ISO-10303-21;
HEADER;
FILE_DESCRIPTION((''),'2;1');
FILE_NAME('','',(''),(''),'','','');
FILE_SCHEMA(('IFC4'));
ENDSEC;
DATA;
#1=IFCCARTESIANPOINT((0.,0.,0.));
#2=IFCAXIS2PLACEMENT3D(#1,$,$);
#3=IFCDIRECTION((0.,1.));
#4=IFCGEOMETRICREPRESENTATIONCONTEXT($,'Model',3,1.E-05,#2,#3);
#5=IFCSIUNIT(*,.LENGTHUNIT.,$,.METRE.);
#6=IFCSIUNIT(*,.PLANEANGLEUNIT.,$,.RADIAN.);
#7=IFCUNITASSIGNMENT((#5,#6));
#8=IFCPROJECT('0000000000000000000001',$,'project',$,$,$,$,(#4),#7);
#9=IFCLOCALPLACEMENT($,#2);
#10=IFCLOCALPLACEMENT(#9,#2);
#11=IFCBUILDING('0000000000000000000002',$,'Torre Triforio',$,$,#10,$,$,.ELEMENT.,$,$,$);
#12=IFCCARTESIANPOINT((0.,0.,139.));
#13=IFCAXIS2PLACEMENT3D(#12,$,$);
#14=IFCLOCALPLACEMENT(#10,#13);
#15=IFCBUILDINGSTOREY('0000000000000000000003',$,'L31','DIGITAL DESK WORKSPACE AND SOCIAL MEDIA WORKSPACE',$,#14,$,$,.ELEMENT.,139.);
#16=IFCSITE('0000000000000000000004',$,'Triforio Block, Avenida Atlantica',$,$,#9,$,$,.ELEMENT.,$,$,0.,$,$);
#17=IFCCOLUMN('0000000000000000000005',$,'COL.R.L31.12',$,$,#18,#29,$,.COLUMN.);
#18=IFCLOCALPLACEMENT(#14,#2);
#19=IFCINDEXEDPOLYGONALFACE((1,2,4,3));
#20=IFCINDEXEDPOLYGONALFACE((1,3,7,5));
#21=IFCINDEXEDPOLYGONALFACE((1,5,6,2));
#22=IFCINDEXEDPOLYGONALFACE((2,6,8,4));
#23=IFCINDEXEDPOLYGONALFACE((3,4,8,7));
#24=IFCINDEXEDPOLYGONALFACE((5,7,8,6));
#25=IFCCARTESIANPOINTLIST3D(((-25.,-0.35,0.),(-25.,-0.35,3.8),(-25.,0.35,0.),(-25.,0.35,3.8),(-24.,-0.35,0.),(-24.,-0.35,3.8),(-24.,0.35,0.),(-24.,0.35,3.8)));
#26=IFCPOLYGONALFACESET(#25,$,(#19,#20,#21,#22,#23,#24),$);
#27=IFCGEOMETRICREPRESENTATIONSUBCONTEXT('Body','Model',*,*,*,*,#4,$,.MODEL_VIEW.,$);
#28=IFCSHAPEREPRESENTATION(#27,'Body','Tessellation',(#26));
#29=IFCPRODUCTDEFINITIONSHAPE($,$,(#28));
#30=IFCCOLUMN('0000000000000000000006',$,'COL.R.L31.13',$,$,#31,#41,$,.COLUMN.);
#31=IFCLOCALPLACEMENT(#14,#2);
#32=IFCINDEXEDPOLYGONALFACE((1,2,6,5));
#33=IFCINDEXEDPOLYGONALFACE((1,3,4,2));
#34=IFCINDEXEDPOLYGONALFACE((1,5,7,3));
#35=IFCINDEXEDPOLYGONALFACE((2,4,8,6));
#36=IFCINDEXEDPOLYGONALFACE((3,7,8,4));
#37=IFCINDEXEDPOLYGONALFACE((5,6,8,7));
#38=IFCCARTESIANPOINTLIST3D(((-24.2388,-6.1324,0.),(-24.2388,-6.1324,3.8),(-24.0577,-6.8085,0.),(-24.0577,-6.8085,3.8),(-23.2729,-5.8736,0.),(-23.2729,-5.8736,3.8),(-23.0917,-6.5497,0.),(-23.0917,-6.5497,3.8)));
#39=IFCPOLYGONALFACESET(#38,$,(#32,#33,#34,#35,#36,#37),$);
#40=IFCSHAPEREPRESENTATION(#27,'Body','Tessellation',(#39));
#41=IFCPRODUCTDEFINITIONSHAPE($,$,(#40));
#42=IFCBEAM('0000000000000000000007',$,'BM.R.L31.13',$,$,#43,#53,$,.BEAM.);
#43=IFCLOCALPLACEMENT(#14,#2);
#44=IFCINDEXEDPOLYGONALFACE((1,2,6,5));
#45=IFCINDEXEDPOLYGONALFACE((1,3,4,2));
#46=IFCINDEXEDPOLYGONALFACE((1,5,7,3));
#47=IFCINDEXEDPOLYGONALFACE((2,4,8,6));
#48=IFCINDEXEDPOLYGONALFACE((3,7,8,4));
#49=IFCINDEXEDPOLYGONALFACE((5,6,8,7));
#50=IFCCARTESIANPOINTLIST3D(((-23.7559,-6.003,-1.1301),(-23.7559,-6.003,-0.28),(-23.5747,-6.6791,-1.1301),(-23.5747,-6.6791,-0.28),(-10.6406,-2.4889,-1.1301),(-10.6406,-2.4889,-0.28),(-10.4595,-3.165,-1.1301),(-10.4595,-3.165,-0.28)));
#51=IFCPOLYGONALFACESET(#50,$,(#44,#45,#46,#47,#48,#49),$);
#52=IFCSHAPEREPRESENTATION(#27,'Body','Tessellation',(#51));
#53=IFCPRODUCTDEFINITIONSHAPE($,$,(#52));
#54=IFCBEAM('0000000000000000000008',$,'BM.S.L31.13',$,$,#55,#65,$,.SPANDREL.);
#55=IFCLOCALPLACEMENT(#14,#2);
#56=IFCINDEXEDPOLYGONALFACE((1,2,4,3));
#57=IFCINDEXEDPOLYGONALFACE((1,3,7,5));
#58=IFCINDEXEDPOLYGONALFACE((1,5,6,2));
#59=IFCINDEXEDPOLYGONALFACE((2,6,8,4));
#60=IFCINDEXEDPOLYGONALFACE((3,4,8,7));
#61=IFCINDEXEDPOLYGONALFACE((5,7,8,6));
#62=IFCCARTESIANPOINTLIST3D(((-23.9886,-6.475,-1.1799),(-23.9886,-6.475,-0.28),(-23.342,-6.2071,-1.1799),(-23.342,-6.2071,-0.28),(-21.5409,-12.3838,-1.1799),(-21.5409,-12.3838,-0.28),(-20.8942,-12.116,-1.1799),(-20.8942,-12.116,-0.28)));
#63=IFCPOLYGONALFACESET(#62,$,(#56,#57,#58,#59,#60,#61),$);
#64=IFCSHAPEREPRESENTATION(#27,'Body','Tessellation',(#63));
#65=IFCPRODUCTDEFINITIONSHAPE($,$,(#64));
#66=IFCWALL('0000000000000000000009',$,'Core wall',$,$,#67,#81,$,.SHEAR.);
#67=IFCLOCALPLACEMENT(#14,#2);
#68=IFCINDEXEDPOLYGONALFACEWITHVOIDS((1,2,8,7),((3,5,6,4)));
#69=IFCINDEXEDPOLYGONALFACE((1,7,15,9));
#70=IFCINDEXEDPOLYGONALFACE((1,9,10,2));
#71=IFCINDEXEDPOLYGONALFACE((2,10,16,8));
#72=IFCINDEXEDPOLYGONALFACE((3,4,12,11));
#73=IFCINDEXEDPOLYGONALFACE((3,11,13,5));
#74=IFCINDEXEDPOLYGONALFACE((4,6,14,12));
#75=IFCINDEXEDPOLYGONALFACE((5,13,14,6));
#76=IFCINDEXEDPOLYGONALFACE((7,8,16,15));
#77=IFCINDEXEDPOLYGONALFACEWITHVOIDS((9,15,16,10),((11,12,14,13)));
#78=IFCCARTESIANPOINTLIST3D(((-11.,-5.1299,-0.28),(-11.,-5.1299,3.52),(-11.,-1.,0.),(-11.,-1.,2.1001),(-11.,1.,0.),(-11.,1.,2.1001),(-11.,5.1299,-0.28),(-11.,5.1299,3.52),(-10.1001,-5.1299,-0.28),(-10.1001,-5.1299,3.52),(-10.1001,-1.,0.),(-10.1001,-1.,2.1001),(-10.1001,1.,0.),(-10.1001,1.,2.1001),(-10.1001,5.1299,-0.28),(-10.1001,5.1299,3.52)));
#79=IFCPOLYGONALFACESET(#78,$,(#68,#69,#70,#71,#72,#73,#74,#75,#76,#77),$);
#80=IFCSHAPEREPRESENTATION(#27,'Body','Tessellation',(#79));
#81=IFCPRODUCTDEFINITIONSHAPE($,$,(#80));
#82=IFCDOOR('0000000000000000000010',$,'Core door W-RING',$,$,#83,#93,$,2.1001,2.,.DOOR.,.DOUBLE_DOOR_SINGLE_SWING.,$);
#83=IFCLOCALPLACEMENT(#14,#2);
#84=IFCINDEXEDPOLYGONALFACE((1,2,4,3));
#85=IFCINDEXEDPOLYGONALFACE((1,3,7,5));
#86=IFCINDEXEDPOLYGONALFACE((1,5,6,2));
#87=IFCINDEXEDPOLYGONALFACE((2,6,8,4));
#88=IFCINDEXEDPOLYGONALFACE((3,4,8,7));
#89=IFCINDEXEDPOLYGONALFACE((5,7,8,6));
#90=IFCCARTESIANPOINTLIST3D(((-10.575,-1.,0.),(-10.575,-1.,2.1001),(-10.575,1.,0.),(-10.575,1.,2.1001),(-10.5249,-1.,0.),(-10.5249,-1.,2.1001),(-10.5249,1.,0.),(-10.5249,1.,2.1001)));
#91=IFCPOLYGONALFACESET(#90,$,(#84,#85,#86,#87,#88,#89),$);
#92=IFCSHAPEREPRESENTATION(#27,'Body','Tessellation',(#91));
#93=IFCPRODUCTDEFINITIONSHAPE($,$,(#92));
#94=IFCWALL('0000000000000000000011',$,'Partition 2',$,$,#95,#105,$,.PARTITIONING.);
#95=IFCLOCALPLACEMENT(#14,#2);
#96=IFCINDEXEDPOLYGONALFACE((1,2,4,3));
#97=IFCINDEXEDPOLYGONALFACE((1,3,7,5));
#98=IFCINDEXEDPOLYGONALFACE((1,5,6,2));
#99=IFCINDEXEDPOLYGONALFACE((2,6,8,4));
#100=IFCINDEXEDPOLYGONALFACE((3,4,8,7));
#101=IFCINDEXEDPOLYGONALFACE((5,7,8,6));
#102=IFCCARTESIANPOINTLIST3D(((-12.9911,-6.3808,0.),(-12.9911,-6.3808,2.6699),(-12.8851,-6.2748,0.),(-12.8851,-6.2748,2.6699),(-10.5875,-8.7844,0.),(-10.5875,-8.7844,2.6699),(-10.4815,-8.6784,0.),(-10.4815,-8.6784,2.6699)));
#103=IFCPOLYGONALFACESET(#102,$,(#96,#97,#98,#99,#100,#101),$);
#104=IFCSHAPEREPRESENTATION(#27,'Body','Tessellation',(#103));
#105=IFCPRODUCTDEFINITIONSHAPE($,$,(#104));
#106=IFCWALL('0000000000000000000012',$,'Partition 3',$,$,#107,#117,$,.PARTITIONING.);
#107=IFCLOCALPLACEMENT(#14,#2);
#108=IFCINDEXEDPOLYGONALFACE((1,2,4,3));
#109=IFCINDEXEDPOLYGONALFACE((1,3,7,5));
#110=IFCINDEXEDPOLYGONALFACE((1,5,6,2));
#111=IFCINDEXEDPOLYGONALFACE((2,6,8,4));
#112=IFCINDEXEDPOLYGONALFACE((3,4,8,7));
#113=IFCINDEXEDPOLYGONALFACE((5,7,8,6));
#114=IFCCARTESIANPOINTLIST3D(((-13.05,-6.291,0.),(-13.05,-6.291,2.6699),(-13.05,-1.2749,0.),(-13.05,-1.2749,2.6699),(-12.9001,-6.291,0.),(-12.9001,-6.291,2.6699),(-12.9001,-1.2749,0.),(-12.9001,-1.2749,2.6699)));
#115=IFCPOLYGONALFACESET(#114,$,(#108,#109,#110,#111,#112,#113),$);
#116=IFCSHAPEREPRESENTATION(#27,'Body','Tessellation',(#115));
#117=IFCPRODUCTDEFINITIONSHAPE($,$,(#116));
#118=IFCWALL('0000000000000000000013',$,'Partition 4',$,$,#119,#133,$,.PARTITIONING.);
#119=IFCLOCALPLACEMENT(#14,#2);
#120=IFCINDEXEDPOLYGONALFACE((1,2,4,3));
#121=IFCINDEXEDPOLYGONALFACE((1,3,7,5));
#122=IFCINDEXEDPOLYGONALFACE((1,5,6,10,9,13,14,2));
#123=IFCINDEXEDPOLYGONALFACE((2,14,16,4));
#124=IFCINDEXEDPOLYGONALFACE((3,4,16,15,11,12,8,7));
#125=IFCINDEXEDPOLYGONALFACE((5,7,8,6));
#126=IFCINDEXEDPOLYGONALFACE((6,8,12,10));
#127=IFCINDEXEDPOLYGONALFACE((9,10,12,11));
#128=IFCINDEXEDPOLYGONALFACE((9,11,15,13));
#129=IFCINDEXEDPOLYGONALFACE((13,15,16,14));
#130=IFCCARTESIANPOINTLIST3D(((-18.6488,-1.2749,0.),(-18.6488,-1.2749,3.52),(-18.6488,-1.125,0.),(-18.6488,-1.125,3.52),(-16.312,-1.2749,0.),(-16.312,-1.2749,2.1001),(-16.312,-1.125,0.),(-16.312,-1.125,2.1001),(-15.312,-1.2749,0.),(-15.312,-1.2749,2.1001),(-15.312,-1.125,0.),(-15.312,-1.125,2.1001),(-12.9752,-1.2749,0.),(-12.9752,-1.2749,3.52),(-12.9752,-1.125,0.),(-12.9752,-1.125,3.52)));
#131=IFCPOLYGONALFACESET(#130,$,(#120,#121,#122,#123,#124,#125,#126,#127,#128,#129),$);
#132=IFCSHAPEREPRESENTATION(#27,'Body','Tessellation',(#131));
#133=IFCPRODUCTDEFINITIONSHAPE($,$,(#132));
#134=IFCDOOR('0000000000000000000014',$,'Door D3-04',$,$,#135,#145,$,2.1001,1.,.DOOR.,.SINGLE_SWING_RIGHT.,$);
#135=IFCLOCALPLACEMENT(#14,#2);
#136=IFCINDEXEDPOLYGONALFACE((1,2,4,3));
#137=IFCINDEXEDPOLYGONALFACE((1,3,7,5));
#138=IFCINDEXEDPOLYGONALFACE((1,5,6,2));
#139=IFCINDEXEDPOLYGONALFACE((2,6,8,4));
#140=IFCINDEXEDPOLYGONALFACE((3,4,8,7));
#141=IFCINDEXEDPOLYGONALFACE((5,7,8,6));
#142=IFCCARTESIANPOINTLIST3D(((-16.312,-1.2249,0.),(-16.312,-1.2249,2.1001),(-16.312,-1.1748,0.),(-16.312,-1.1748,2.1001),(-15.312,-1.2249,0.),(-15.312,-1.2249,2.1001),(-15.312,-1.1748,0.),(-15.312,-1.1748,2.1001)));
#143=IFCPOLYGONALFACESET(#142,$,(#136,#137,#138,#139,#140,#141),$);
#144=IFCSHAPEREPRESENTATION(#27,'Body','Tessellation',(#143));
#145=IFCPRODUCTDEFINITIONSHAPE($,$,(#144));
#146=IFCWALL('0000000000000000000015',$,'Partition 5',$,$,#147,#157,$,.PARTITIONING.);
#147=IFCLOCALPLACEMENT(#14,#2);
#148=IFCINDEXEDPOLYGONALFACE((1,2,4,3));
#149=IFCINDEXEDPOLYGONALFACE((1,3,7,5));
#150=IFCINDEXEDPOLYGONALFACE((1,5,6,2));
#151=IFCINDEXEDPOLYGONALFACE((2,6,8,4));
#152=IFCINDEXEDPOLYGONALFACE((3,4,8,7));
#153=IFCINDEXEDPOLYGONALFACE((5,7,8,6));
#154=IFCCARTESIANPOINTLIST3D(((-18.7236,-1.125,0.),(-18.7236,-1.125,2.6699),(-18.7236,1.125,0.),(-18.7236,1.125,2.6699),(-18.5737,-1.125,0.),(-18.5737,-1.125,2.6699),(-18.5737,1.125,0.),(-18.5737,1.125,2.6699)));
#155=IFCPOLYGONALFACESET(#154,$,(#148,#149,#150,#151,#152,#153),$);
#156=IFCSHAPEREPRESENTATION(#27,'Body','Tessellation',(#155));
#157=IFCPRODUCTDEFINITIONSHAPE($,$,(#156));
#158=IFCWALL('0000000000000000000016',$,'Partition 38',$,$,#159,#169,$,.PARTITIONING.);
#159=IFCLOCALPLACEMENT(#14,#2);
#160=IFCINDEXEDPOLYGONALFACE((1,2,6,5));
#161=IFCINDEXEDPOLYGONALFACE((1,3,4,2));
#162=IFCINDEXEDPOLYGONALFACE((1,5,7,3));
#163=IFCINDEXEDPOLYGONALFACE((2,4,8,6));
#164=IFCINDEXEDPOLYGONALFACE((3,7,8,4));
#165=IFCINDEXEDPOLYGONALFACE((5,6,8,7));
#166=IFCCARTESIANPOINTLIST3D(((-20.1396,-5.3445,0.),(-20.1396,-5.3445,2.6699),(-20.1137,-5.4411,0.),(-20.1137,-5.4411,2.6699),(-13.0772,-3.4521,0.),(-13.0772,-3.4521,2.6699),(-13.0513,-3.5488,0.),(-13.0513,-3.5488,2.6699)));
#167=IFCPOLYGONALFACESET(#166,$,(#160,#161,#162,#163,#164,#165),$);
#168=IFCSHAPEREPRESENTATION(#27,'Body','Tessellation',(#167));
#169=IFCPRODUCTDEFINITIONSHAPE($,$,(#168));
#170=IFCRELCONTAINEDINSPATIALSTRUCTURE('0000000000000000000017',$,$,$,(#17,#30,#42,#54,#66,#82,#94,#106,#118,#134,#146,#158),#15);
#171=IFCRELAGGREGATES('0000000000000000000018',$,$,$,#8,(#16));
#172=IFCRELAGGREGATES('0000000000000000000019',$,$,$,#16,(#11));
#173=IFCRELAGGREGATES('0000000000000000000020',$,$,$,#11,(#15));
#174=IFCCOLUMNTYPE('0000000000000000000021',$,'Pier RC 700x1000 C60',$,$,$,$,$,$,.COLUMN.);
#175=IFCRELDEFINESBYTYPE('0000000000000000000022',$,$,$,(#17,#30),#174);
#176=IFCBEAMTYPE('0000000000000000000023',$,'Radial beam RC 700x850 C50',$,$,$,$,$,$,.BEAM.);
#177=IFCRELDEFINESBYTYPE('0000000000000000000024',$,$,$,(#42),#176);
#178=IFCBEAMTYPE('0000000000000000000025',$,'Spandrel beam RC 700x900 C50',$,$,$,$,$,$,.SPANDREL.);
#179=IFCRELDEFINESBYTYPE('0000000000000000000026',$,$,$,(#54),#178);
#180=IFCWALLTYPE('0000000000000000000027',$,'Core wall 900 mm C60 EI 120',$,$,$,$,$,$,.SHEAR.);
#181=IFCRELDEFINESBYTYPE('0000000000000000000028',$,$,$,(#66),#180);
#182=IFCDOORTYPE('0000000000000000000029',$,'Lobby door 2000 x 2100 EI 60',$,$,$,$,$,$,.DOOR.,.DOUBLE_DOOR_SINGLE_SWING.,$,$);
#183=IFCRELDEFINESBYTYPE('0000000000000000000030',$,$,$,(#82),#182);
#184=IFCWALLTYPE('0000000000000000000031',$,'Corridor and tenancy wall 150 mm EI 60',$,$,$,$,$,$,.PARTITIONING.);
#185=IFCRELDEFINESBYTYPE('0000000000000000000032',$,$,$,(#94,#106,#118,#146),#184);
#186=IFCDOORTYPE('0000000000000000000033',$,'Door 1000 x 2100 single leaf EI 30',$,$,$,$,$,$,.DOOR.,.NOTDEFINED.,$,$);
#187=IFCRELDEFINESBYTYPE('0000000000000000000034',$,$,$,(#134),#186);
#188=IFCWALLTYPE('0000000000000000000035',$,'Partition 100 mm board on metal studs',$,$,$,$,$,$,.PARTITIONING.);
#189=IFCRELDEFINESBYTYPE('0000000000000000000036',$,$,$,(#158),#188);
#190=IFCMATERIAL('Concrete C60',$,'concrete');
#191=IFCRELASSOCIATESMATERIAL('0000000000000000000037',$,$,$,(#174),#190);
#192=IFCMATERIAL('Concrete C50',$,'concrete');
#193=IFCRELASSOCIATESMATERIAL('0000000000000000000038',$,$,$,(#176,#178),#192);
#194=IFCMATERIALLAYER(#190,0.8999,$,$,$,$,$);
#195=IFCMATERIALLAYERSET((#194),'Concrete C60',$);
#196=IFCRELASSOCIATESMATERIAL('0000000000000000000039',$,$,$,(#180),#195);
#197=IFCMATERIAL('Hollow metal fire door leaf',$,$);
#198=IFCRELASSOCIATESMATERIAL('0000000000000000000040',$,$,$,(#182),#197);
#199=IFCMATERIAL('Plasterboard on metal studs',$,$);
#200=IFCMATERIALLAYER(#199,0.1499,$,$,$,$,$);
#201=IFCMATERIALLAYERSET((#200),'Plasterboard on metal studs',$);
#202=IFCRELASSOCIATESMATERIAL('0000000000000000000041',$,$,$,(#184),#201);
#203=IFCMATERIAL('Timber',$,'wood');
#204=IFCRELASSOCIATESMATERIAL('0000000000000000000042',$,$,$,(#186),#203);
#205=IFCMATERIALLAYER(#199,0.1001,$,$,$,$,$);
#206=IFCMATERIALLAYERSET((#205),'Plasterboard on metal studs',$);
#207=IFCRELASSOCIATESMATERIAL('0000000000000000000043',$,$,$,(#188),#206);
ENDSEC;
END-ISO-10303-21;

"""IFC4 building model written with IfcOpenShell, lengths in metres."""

from ifc_helpers import new_model, si_unit, direction, frame, frame_2d, origin, origin_2d, place, context, subcontext, project, spatial, rectangle, extrude, material, layer, layer_set, material_profile, profile_set, type_object, element, fill, save


model = new_model("IFC4")

# Units and contexts
model_context = context("Model", 3, precision=1e-05, world=origin(), true_north=direction((0.0, 1.0)))
body_context = subcontext(model_context, "Body", "Model", "MODEL_VIEW")
ifc_project = project(units=[si_unit("LENGTHUNIT", "METRE"), si_unit("PLANEANGLEUNIT", "RADIAN")], contexts=[model_context])

# Site, building, storey
site_placement = place(None, origin())
site = spatial("IfcSite", under=ifc_project, at=site_placement, Name="Triforio Block, Avenida Atlantica", CompositionType="ELEMENT", RefElevation=0.0)
building_placement = place(site_placement, origin())
building = spatial("IfcBuilding", under=site, at=building_placement, Name="Torre Triforio", CompositionType="ELEMENT")
storey_placement = place(building_placement, frame((0.0, 0.0, 139.0)))
storey = spatial("IfcBuildingStorey", under=building, at=storey_placement, Name="L31", Description="DIGITAL DESK WORKSPACE AND SOCIAL MEDIA WORKSPACE", CompositionType="ELEMENT", Elevation=139.0)

# Columns
ifc_material_1 = material(Name="Concrete C60", Category="concrete")
ifc_material_profile_1 = material_profile(ifc_material_1, rectangle(XDim=0.7, YDim=1.0, at=origin_2d()), Name="RC 700x1000")
ifc_profile_set_1 = profile_set([ifc_material_profile_1], Name="Concrete C60")
column_type = type_object("IfcColumnType", Name="Pier RC 700x1000 C60", PredefinedType="COLUMN", material=ifc_profile_set_1)
for number, where, z_axis, x_axis, name in (
    (1, (-24.5, 0.0, 0.0), (0.0, 0.0, 1.0), (0.0, -1.0, 0.0), "COL.R.L31.12"),
    (2, (-23.6653, -6.3411, 0.0), (0.0, 0.0, 1.0), (0.258819, -0.965926, 0.0), "COL.R.L31.13"),
):
    element("IfcColumn", number, at=place(storey_placement, frame(where, z_axis=z_axis, x_axis=x_axis)), inside=storey, type_object=column_type, Name=name, PredefinedType="COLUMN", context=body_context, shape_type="SweptSolid", body=[
        extrude(rectangle(XDim=0.7, YDim=1.0, at=origin_2d()), origin(), (0.0, 0.0, 1.0), 3.8),
    ])

# Beams
ifc_material_2 = material(Name="Concrete C50", Category="concrete")
ifc_material_profile_2 = material_profile(ifc_material_2, rectangle(XDim=0.7, YDim=0.8501, at=origin_2d()), Name="RC 700x850")
ifc_profile_set_2 = profile_set([ifc_material_profile_2], Name="Concrete C50")
beam_type_1 = type_object("IfcBeamType", Name="Radial beam RC 700x850 C50", PredefinedType="BEAM", material=ifc_profile_set_2)
beam_1_placement = place(storey_placement, frame((-10.55, -2.8269, -0.7051), z_axis=(-0.965927, -0.258815, 0.0), x_axis=(0.258815, -0.965927, 0.0)))
element("IfcBeam", 3, at=beam_1_placement, inside=storey, type_object=beam_type_1, Name="BM.R.L31.13", PredefinedType="BEAM", context=body_context, shape_type="SweptSolid", body=[
    extrude(rectangle(XDim=0.7, YDim=0.8501, at=origin_2d()), origin(), (0.0, 0.0, 1.0), 13.5779),
])
ifc_material_profile_3 = material_profile(ifc_material_2, rectangle(XDim=0.7, YDim=0.8999, at=origin_2d()), Name="RC 700x900")
ifc_profile_set_3 = profile_set([ifc_material_profile_3], Name="Concrete C50")
beam_type_2 = type_object("IfcBeamType", Name="Spandrel beam RC 700x900 C50", PredefinedType="SPANDREL", material=ifc_profile_set_3)
beam_2_placement = place(storey_placement, frame((-23.6653, -6.3411, -0.73), z_axis=(0.382709, -0.923869, 0.0), x_axis=(0.923869, 0.382709, 0.0)))
element("IfcBeam", 4, at=beam_2_placement, inside=storey, type_object=beam_type_2, Name="BM.S.L31.13", PredefinedType="SPANDREL", context=body_context, shape_type="SweptSolid", body=[
    extrude(rectangle(XDim=0.7, YDim=0.8999, at=origin_2d()), origin(), (0.0, 0.0, 1.0), 6.3958),
])

# Wall, opening, door
ifc_layer_1 = layer(ifc_material_1, 0.8999)
ifc_layer_set_1 = layer_set([ifc_layer_1], Name="Concrete C60")
wall_type_1 = type_object("IfcWallType", Name="Core wall 900 mm C60 EI 120", PredefinedType="SHEAR", material=ifc_layer_set_1)
wall_1_placement = place(storey_placement, frame((-10.55, -5.1299, -0.28), z_axis=(0.0, 0.0, 1.0), x_axis=(0.0, 1.0, 0.0)))
wall_1 = element("IfcWall", 5, at=wall_1_placement, inside=storey, type_object=wall_type_1, Name="Core wall", PredefinedType="SHEAR", context=body_context, shape_type="SweptSolid", body=[
    extrude(rectangle(XDim=10.2598, YDim=0.8999, at=frame_2d((5.1299, 0.0))), origin(), (0.0, 0.0, 1.0), 3.8),
])
opening_1_placement = place(wall_1_placement, frame((4.1299, 0.0, 0.28)))
opening_1 = element("IfcOpeningElement", 6, at=opening_1_placement, cuts=wall_1, PredefinedType="OPENING", context=body_context, shape_type="SweptSolid", body=[
    extrude(rectangle(XDim=2.0, YDim=2.1001, at=frame_2d((1.0, 1.05))), frame((0.0, 0.46, 0.0), z_axis=(0.0, -1.0, 0.0), x_axis=(1.0, 0.0, 0.0)), (0.0, 0.0, 1.0), 0.9199),
])
ifc_material_3 = material(Name="Hollow metal fire door leaf")
door_type_1 = type_object("IfcDoorType", Name="Lobby door 2000 x 2100 EI 60", OperationType="DOUBLE_DOOR_SINGLE_SWING", PredefinedType="DOOR", material=ifc_material_3)
door_1_placement = place(opening_1_placement, origin())
door_1 = element("IfcDoor", 7, at=door_1_placement, inside=storey, type_object=door_type_1, Name="Core door W-RING", OperationType="DOUBLE_DOOR_SINGLE_SWING", OverallHeight=2.1001, OverallWidth=2.0, PredefinedType="DOOR", context=body_context, shape_type="SweptSolid", body=[
    extrude(rectangle(XDim=2.0, YDim=2.1001, at=frame_2d((1.0, 1.05))), frame((0.0, 0.0249, 0.0), z_axis=(0.0, -1.0, 0.0), x_axis=(1.0, 0.0, 0.0)), (0.0, 0.0, 1.0), 0.05),
])
fill(opening_1, door_1)

# Walls
ifc_material_4 = material(Name="Plasterboard on metal studs")
ifc_layer_2 = layer(ifc_material_4, 0.1499)
ifc_layer_set_2 = layer_set([ifc_layer_2], Name="Plasterboard on metal studs")
wall_type_2 = type_object("IfcWallType", Name="Corridor and tenancy wall 150 mm EI 60", PredefinedType="PARTITIONING", material=ifc_layer_set_2)
wall_2_placement = place(storey_placement, frame((-10.5344, -8.7314, 0.0), z_axis=(0.0, 0.0, 1.0), x_axis=(-0.707107, 0.707107, 0.0)))
element("IfcWall", 8, at=wall_2_placement, inside=storey, type_object=wall_type_2, Name="Partition 2", PredefinedType="PARTITIONING", context=body_context, shape_type="SweptSolid", body=[
    extrude(rectangle(XDim=3.3992, YDim=0.1499, at=frame_2d((1.6997, 0.0))), origin(), (0.0, 0.0, 1.0), 2.6699),
])
wall_3_placement = place(storey_placement, frame((-12.9751, -6.291, 0.0), z_axis=(0.0, 0.0, 1.0), x_axis=(0.0, 1.0, 0.0)))
element("IfcWall", 9, at=wall_3_placement, inside=storey, type_object=wall_type_2, Name="Partition 3", PredefinedType="PARTITIONING", context=body_context, shape_type="SweptSolid", body=[
    extrude(rectangle(XDim=5.0161, YDim=0.1499, at=frame_2d((2.5081, 0.0))), origin(), (0.0, 0.0, 1.0), 2.6699),
])

# Wall, opening, door
wall_4_placement = place(storey_placement, frame((-12.9751, -1.2, 0.0), z_axis=(0.0, 0.0, 1.0), x_axis=(-1.0, 0.0, 0.0)))
wall_4 = element("IfcWall", 10, at=wall_4_placement, inside=storey, type_object=wall_type_2, Name="Partition 4", PredefinedType="PARTITIONING", context=body_context, shape_type="SweptSolid", body=[
    extrude(rectangle(XDim=5.6736, YDim=0.1499, at=frame_2d((2.8369, 0.0))), origin(), (0.0, 0.0, 1.0), 3.52),
])
opening_2_placement = place(wall_4_placement, frame((2.3369, 0.0, 0.0)))
opening_2 = element("IfcOpeningElement", 11, at=opening_2_placement, cuts=wall_4, PredefinedType="OPENING", context=body_context, shape_type="SweptSolid", body=[
    extrude(rectangle(XDim=1.0, YDim=2.1001, at=frame_2d((0.5, 1.05))), frame((0.0, 0.085, 0.0), z_axis=(0.0, -1.0, 0.0), x_axis=(1.0, 0.0, 0.0)), (0.0, 0.0, 1.0), 0.1699),
])
ifc_material_5 = material(Name="Timber", Category="wood")
door_type_2 = type_object("IfcDoorType", Name="Door 1000 x 2100 single leaf EI 30", OperationType="NOTDEFINED", PredefinedType="DOOR", material=ifc_material_5)
door_2_placement = place(opening_2_placement, origin())
door_2 = element("IfcDoor", 12, at=door_2_placement, inside=storey, type_object=door_type_2, Name="Door D3-04", OperationType="SINGLE_SWING_RIGHT", OverallHeight=2.1001, OverallWidth=1.0, PredefinedType="DOOR", context=body_context, shape_type="SweptSolid", body=[
    extrude(rectangle(XDim=1.0, YDim=2.1001, at=frame_2d((0.5, 1.05))), frame((0.0, 0.0249, 0.0), z_axis=(0.0, -1.0, 0.0), x_axis=(1.0, 0.0, 0.0)), (0.0, 0.0, 1.0), 0.05),
])
fill(opening_2, door_2)

# Walls
wall_5_placement = place(storey_placement, frame((-18.6487, -1.125, 0.0), z_axis=(0.0, 0.0, 1.0), x_axis=(0.0, 1.0, 0.0)))
element("IfcWall", 13, at=wall_5_placement, inside=storey, type_object=wall_type_2, Name="Partition 5", PredefinedType="PARTITIONING", context=body_context, shape_type="SweptSolid", body=[
    extrude(rectangle(XDim=2.25, YDim=0.1499, at=frame_2d((1.125, 0.0))), origin(), (0.0, 0.0, 1.0), 2.6699),
])
ifc_layer_3 = layer(ifc_material_4, 0.1001)
ifc_layer_set_3 = layer_set([ifc_layer_3], Name="Plasterboard on metal studs")
wall_type_3 = type_object("IfcWallType", Name="Partition 100 mm board on metal studs", PredefinedType="PARTITIONING", material=ifc_layer_set_3)
wall_6_placement = place(storey_placement, frame((-13.0642, -3.5005, 0.0), z_axis=(0.0, 0.0, 1.0), x_axis=(-0.965928, -0.258812, 0.0)))
element("IfcWall", 14, at=wall_6_placement, inside=storey, type_object=wall_type_3, Name="Partition 38", PredefinedType="PARTITIONING", context=body_context, shape_type="SweptSolid", body=[
    extrude(rectangle(XDim=7.3115, YDim=0.1001, at=frame_2d((3.6558, 0.0))), origin(), (0.0, 0.0, 1.0), 2.6699),
])

save(model, "model.ifc")
